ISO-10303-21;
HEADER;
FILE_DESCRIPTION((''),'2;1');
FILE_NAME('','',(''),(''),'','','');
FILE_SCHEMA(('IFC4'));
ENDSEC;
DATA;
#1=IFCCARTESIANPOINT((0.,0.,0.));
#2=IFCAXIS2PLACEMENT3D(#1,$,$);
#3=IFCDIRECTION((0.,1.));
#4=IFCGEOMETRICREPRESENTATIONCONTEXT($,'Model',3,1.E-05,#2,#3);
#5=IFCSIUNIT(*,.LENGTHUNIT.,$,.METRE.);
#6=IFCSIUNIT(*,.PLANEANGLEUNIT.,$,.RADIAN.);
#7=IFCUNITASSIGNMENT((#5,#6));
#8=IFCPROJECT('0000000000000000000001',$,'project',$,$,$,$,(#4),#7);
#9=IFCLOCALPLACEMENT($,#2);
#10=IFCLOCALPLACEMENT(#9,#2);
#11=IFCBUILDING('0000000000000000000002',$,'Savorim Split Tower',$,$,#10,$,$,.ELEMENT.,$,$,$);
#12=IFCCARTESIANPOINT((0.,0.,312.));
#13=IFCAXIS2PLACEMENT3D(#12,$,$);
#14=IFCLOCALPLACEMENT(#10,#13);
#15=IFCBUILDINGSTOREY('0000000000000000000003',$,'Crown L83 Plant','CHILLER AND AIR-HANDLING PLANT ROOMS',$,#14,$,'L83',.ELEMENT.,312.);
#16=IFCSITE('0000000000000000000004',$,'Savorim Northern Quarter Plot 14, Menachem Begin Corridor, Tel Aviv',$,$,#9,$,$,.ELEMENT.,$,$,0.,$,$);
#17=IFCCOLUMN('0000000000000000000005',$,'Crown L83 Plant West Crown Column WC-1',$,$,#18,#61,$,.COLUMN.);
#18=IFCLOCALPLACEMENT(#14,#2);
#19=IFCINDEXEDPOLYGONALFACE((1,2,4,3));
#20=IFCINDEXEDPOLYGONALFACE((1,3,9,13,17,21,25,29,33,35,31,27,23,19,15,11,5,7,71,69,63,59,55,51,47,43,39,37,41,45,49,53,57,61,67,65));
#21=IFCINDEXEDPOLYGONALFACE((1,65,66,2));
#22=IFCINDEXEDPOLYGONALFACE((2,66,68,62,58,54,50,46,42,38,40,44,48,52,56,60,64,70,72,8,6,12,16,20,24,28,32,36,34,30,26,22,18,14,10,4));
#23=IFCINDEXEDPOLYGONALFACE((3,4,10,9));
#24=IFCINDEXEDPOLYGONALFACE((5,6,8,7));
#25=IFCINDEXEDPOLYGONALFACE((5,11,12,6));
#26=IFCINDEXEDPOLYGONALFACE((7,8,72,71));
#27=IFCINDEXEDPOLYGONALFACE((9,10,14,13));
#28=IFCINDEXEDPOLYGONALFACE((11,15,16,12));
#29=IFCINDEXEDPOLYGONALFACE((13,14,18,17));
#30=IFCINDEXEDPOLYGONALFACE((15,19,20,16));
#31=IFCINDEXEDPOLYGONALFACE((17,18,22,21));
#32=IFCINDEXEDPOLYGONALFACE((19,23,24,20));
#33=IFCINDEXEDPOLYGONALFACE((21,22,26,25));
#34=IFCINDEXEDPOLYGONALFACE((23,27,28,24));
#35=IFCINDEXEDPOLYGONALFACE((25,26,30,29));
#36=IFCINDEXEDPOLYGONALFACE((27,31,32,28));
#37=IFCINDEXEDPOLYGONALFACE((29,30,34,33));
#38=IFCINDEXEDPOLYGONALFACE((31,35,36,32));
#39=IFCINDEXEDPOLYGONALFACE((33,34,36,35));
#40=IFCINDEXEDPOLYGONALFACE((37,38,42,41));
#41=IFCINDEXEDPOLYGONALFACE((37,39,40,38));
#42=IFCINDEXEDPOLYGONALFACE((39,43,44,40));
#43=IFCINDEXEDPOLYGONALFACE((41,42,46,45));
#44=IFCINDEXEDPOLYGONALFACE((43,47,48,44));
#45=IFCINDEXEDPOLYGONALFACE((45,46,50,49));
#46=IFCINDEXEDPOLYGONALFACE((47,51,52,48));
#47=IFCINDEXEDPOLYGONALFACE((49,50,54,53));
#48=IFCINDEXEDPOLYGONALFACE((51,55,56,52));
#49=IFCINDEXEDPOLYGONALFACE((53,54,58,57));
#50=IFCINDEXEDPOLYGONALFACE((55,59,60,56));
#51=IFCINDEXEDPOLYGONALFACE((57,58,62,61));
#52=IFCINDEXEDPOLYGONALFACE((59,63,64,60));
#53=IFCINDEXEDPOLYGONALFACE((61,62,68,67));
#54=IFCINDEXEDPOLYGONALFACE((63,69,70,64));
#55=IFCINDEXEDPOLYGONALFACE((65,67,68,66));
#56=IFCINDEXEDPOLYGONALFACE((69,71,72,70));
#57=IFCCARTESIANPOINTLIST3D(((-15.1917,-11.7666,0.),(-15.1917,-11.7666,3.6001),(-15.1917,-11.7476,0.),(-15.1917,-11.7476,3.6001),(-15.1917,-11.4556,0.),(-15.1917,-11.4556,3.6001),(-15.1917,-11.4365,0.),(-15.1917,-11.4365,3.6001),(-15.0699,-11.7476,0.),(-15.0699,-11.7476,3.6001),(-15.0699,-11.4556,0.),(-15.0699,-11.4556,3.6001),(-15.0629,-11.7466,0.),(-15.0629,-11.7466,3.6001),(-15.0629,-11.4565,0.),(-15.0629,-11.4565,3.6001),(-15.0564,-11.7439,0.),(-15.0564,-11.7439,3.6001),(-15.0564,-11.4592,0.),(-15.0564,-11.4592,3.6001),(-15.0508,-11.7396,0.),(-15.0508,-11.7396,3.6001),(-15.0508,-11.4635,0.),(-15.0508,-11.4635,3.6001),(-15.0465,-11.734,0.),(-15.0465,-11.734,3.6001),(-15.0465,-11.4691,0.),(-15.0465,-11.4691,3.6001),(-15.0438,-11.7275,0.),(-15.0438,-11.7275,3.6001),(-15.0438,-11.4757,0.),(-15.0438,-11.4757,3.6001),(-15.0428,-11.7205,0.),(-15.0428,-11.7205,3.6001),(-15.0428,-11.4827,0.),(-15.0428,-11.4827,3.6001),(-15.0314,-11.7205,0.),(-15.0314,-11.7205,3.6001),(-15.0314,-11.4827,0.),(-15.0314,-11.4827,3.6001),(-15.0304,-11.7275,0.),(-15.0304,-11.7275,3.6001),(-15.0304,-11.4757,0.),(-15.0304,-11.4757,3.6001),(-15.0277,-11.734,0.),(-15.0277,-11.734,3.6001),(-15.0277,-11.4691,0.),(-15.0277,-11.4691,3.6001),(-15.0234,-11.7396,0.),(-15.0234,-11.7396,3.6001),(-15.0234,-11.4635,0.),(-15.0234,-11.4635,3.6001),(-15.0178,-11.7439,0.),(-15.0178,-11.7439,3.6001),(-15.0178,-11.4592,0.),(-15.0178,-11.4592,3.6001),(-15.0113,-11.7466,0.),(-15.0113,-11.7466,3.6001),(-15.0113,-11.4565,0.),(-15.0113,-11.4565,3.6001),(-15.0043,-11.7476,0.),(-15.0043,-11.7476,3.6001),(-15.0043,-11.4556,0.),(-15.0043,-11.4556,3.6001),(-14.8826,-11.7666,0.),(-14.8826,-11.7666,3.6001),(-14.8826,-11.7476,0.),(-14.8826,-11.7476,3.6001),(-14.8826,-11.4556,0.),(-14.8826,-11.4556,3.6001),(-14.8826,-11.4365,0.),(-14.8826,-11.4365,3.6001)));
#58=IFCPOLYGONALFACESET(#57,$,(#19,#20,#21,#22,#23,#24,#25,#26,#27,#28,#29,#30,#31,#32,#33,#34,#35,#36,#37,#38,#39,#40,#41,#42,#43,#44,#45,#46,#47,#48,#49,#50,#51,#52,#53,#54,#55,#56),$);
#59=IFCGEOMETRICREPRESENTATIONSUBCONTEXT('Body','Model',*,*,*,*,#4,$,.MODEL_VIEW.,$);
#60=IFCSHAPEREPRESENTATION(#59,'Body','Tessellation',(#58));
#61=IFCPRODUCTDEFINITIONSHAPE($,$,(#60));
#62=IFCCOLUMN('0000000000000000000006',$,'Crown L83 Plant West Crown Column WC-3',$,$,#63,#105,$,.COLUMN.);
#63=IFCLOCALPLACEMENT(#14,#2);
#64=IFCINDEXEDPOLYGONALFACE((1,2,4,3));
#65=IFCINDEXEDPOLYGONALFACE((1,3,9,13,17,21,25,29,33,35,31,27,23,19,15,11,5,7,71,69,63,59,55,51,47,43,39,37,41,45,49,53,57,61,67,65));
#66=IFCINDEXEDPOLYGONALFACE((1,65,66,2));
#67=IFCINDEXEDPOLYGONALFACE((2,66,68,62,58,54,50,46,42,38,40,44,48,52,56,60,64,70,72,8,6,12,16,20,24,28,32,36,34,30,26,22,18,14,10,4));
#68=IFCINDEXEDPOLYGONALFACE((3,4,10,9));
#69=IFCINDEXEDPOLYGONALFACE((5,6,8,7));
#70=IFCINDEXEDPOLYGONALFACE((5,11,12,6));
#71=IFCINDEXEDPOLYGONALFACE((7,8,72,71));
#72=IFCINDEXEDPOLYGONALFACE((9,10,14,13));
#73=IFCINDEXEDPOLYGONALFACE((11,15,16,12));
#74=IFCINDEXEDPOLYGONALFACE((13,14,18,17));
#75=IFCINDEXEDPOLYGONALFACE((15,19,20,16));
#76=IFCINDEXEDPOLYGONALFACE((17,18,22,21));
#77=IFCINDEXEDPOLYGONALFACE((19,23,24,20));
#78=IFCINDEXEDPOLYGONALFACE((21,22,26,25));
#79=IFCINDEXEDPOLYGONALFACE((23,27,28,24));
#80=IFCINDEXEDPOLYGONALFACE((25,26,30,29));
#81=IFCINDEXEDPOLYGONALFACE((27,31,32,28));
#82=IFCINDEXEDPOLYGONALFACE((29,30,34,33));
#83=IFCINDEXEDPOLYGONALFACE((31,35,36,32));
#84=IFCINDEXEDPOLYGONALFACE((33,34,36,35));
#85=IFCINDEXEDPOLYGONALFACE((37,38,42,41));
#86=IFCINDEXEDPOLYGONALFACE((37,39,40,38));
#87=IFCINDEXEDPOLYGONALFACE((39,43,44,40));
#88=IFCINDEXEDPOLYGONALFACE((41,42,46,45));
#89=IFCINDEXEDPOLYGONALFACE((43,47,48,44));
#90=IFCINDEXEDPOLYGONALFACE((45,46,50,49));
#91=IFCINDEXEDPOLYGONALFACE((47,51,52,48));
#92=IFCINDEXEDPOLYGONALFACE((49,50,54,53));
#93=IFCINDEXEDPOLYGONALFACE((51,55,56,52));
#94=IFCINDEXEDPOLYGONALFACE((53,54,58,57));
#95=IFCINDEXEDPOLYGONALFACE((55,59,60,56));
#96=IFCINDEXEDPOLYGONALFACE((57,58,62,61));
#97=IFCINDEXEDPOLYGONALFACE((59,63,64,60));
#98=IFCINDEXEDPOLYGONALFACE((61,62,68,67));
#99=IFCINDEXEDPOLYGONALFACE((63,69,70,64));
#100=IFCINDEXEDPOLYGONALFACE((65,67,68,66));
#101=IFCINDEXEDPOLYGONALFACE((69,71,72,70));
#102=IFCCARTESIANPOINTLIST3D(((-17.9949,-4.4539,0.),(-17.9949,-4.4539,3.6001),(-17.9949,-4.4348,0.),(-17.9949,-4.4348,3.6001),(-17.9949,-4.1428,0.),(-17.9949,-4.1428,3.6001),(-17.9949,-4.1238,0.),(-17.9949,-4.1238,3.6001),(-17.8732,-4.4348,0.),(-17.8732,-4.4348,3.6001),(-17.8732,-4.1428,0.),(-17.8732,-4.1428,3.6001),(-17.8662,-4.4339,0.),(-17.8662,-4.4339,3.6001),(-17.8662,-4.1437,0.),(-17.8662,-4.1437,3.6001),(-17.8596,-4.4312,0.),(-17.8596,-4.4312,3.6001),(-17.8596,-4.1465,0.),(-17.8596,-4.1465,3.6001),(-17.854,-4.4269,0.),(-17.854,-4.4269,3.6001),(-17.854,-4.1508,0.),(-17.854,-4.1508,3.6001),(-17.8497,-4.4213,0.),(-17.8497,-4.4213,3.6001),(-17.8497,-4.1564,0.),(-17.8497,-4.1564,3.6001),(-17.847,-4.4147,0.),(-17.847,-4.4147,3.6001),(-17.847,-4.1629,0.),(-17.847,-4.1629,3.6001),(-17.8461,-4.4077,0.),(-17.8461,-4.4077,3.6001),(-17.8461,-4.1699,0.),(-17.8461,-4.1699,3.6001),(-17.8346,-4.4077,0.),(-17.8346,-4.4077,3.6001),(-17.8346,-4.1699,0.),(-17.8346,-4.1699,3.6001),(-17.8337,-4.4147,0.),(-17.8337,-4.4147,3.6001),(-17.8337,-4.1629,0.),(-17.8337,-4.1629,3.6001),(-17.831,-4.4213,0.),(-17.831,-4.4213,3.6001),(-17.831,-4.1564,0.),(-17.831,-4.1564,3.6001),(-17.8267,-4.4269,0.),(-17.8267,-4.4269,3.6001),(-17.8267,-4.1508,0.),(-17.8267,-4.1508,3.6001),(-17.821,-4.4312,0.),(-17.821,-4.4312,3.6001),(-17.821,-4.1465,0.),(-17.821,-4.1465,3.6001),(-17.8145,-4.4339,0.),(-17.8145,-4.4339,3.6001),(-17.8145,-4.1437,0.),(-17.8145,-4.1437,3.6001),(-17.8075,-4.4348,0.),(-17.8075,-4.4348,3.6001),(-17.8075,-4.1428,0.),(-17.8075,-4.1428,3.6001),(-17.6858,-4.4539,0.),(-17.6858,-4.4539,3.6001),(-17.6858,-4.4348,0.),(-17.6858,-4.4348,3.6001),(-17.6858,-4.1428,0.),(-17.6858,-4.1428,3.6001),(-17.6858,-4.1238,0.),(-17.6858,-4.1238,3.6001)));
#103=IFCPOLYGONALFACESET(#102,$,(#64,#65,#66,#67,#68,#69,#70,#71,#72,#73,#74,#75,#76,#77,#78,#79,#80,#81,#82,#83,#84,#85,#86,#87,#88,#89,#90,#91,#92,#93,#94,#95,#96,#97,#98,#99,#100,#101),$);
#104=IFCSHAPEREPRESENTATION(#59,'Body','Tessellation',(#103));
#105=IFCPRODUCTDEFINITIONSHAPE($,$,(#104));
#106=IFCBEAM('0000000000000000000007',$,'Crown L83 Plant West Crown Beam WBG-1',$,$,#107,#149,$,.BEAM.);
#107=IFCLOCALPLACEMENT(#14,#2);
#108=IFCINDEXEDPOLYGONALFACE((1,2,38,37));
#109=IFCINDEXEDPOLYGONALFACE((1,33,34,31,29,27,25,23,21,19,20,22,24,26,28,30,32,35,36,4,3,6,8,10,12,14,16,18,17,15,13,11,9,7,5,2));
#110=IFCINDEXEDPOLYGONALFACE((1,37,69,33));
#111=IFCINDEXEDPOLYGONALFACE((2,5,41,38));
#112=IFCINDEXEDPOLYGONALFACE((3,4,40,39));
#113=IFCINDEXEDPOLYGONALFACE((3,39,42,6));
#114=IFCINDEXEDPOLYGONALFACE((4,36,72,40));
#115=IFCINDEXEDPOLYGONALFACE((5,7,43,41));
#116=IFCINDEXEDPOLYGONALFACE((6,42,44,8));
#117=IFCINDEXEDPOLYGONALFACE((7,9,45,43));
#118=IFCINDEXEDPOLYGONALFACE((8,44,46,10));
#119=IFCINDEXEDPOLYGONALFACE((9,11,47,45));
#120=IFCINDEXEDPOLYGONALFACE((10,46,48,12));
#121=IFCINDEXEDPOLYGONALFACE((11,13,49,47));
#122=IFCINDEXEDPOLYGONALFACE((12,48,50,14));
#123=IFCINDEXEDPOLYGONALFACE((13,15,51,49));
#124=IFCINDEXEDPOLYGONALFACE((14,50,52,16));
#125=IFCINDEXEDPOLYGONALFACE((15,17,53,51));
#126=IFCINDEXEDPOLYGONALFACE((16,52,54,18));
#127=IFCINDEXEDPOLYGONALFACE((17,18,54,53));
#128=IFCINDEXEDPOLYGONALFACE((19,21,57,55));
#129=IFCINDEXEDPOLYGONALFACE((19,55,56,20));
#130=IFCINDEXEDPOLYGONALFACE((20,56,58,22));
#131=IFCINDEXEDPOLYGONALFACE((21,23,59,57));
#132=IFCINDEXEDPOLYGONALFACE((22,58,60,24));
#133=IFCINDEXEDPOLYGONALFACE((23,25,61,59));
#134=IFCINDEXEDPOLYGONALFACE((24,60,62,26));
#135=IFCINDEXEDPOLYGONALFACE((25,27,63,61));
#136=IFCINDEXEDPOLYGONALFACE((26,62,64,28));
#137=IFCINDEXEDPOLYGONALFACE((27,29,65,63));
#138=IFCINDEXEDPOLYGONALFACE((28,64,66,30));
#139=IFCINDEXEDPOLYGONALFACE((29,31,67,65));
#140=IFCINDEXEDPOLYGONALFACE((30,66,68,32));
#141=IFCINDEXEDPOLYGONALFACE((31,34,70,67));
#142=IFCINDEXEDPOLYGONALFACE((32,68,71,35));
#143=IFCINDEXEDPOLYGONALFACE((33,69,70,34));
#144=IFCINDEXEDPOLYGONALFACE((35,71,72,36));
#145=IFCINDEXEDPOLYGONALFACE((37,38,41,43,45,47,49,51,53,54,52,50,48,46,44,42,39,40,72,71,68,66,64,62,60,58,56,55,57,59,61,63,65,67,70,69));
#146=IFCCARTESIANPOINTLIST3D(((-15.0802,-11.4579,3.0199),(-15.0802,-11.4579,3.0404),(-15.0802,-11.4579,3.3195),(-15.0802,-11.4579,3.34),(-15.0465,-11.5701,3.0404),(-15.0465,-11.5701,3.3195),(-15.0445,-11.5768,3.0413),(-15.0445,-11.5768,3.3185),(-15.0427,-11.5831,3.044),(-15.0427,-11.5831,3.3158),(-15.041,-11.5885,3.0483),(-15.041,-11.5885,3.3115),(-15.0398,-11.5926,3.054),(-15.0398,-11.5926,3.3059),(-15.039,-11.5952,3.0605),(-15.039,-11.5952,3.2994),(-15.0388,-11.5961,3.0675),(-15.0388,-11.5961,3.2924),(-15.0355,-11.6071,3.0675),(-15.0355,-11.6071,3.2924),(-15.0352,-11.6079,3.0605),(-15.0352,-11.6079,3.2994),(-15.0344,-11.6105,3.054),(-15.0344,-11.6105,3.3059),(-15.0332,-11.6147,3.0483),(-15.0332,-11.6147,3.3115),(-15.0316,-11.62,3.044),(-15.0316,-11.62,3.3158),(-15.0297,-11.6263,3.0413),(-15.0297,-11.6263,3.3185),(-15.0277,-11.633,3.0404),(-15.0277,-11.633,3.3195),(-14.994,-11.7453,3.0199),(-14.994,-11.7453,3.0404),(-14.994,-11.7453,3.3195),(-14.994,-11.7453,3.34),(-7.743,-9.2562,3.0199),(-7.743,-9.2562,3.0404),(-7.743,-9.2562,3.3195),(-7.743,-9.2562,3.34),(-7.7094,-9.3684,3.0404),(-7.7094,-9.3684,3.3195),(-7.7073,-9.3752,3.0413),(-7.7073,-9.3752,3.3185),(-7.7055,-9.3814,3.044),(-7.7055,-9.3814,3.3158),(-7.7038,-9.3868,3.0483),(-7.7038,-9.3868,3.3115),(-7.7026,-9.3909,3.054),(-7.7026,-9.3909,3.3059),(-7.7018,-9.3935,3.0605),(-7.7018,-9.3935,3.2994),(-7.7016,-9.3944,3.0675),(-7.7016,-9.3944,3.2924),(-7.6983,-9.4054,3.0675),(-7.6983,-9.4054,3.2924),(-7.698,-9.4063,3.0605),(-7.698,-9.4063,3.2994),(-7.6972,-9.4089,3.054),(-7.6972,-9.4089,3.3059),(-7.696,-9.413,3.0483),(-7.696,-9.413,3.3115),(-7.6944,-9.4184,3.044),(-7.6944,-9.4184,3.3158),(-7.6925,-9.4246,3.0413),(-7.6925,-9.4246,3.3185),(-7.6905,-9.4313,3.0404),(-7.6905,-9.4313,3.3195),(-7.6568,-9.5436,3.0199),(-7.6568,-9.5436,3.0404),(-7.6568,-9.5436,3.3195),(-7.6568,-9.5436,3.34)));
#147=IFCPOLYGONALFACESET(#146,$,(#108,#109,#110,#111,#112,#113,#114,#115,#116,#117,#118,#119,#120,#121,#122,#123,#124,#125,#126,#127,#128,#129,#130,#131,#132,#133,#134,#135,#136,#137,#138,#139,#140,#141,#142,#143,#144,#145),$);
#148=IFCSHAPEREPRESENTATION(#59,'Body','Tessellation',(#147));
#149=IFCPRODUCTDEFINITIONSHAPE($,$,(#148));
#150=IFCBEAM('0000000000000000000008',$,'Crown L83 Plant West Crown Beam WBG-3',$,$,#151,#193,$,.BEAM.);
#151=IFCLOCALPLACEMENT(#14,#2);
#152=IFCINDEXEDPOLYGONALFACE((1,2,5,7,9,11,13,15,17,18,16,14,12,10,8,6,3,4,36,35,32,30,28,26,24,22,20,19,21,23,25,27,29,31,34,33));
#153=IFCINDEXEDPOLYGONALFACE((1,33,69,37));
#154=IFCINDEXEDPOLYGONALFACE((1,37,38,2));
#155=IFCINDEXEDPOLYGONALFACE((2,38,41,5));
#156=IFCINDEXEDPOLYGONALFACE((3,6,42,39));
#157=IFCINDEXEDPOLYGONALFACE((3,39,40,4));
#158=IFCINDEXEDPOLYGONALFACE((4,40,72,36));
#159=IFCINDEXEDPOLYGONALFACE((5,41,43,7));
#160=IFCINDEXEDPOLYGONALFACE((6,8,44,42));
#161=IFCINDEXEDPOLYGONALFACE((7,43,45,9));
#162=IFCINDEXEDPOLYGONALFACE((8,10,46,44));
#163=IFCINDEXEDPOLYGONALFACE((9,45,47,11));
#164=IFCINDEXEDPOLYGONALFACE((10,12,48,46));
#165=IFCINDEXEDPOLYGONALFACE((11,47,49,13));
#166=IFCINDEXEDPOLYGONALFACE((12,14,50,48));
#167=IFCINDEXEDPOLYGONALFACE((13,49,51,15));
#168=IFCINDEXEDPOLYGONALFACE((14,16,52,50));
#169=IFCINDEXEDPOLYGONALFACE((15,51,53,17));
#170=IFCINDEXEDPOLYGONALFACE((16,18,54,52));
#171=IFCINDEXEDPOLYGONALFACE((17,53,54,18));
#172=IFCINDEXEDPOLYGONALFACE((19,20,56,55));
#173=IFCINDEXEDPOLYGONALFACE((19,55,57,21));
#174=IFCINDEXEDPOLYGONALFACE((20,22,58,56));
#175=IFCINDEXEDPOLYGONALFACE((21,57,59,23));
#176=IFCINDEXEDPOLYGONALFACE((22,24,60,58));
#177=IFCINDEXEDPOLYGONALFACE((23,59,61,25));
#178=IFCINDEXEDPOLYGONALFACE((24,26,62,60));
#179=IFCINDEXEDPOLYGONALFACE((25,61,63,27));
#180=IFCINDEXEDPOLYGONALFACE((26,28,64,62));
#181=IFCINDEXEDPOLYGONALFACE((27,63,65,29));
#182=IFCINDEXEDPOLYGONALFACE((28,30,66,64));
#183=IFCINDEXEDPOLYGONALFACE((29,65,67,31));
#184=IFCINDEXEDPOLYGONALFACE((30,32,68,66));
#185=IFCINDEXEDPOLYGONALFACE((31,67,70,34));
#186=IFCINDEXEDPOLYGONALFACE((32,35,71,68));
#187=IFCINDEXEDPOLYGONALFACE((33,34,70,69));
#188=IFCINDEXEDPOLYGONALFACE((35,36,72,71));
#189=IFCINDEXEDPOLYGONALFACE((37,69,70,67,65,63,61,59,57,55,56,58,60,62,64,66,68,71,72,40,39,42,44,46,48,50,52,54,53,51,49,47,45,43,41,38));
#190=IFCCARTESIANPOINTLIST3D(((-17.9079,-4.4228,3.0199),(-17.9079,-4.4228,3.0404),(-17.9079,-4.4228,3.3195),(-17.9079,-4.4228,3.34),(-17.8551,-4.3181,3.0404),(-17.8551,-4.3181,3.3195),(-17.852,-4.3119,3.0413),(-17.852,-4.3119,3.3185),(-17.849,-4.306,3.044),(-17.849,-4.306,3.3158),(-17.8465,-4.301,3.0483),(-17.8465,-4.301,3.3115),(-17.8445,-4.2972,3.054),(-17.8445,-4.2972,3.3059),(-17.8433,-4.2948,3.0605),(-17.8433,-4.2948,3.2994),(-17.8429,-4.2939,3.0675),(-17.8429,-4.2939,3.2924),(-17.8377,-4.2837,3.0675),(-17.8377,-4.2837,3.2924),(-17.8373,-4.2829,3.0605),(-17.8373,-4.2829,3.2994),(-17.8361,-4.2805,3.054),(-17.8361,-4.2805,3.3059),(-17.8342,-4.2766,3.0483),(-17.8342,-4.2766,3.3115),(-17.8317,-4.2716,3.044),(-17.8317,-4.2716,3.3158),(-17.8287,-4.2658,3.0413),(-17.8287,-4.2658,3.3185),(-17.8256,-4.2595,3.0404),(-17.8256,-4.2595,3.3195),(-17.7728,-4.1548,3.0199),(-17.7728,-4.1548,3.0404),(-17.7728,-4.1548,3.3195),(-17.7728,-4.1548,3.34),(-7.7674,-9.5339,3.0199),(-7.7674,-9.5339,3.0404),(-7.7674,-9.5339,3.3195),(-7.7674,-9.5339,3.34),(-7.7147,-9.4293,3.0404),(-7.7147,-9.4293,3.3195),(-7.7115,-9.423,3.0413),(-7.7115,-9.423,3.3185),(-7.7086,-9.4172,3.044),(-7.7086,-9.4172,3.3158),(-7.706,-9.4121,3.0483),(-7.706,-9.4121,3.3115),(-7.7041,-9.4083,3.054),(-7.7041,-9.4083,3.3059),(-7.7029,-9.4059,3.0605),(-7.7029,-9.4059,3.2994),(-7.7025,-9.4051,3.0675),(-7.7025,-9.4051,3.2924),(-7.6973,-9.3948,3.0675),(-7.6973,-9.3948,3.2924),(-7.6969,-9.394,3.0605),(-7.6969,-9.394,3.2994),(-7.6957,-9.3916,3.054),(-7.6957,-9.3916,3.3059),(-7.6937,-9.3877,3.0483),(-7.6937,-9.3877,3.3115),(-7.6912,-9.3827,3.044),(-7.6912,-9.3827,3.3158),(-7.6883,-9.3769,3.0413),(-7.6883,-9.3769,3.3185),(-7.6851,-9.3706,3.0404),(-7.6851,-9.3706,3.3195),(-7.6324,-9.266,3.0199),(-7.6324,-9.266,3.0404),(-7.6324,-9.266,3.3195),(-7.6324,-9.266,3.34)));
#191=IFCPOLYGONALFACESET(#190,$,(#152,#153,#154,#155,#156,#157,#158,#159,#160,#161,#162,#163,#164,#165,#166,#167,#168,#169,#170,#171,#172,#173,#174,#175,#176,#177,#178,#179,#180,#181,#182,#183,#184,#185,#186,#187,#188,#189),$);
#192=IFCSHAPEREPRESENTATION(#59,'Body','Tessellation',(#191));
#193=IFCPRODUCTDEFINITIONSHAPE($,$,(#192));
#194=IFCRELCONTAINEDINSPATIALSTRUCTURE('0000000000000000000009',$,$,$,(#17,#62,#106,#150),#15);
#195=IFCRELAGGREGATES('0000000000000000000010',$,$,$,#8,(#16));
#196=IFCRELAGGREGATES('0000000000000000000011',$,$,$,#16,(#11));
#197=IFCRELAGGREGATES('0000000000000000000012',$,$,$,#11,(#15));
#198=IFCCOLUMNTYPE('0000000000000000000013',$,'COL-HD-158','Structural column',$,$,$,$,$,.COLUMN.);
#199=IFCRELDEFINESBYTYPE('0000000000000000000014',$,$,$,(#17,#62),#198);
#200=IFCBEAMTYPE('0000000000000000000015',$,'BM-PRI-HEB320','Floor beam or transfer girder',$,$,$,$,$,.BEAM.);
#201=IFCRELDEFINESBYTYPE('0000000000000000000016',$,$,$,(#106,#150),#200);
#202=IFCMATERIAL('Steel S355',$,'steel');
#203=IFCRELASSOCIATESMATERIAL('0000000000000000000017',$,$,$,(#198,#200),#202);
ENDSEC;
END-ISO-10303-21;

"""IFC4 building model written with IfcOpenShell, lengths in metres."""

from ifc_helpers import new_model, si_unit, direction, frame, origin, origin_2d, place, context, subcontext, project, spatial, i_section, extrude, material, material_profile, profile_set, type_object, element, save


model = new_model("IFC4")

# Units and contexts
model_context = context("Model", 3, precision=1e-05, world=origin(), true_north=direction((0.0, 1.0)))
body_context = subcontext(model_context, "Body", "Model", "MODEL_VIEW")
ifc_project = project(units=[si_unit("LENGTHUNIT", "METRE"), si_unit("PLANEANGLEUNIT", "RADIAN")], contexts=[model_context])

# Site, building, storey
site_placement = place(None, origin())
site = spatial("IfcSite", under=ifc_project, at=site_placement, Name="Savorim Northern Quarter Plot 14, Menachem Begin Corridor, Tel Aviv", CompositionType="ELEMENT", RefElevation=0.0)
building_placement = place(site_placement, origin())
building = spatial("IfcBuilding", under=site, at=building_placement, Name="Savorim Split Tower", CompositionType="ELEMENT")
storey_placement = place(building_placement, frame((0.0, 0.0, 312.0)))
storey = spatial("IfcBuildingStorey", under=building, at=storey_placement, Name="Crown L83 Plant", Description="CHILLER AND AIR-HANDLING PLANT ROOMS", LongName="L83", CompositionType="ELEMENT", Elevation=312.0)

# Columns
ifc_material_1 = material(Name="Steel S355", Category="steel")
ifc_material_profile_1 = material_profile(ifc_material_1, i_section(OverallWidth=0.3091, OverallDepth=0.3301, WebThickness=0.0115, FlangeThickness=0.019, FilletRadius=0.0271, at=origin_2d()), Name="HD 320x158")
ifc_profile_set_1 = profile_set([ifc_material_profile_1], Name="Steel S355")
column_type = type_object("IfcColumnType", Name="COL-HD-158", Description="Structural column", PredefinedType="COLUMN", material=ifc_profile_set_1)
for number, where, z_axis, x_axis, name in (
    (1, (-15.0371, -11.6016, 0.0), (0.0, 0.0, 1.0), (1.0, 0.0, 0.0), "Crown L83 Plant West Crown Column WC-1"),
    (2, (-17.8403, -4.2888, 0.0), (0.0, 0.0, 1.0), (1.0, 0.0, 0.0), "Crown L83 Plant West Crown Column WC-3"),
):
    element("IfcColumn", number, at=place(storey_placement, frame(where, z_axis=z_axis, x_axis=x_axis)), inside=storey, type_object=column_type, Name=name, PredefinedType="COLUMN", context=body_context, shape_type="SweptSolid", body=[
        extrude(i_section(OverallWidth=0.3091, OverallDepth=0.3301, WebThickness=0.0115, FlangeThickness=0.019, FilletRadius=0.0271, at=origin_2d()), origin(), (0.0, 0.0, 1.0), 3.6001),
    ])

# Beams
ifc_material_profile_2 = material_profile(ifc_material_1, i_section(OverallWidth=0.3, OverallDepth=0.3201, WebThickness=0.0115, FlangeThickness=0.0205, FilletRadius=0.0271, at=origin_2d()), Name="HEB 320")
ifc_profile_set_2 = profile_set([ifc_material_profile_2], Name="Steel S355")
beam_type = type_object("IfcBeamType", Name="BM-PRI-HEB320", Description="Floor beam or transfer girder", PredefinedType="BEAM", material=ifc_profile_set_2)
beam_1_placement = place(storey_placement, frame((-15.0371, -11.6016, 3.1799), z_axis=(0.957808, 0.287409, 0.0), x_axis=(-0.287409, 0.957808, 0.0)))
element("IfcBeam", 3, at=beam_1_placement, inside=storey, type_object=beam_type, Name="Crown L83 Plant West Crown Beam WBG-1", PredefinedType="BEAM", context=body_context, shape_type="SweptSolid", body=[
    extrude(i_section(OverallWidth=0.3, OverallDepth=0.3201, WebThickness=0.0115, FlangeThickness=0.0205, FilletRadius=0.0271, at=origin_2d()), origin(), (0.0, 0.0, 1.0), 7.6604),
])
beam_2_placement = place(storey_placement, frame((-17.8403, -4.2888, 3.1799), z_axis=(0.892982, -0.450092, 0.0), x_axis=(0.450092, 0.892982, 0.0)))
element("IfcBeam", 4, at=beam_2_placement, inside=storey, type_object=beam_type, Name="Crown L83 Plant West Crown Beam WBG-3", PredefinedType="BEAM", context=body_context, shape_type="SweptSolid", body=[
    extrude(i_section(OverallWidth=0.3, OverallDepth=0.3201, WebThickness=0.0115, FlangeThickness=0.0205, FilletRadius=0.0271, at=origin_2d()), origin(), (0.0, 0.0, 1.0), 11.3557),
])

save(model, "model.ifc")
